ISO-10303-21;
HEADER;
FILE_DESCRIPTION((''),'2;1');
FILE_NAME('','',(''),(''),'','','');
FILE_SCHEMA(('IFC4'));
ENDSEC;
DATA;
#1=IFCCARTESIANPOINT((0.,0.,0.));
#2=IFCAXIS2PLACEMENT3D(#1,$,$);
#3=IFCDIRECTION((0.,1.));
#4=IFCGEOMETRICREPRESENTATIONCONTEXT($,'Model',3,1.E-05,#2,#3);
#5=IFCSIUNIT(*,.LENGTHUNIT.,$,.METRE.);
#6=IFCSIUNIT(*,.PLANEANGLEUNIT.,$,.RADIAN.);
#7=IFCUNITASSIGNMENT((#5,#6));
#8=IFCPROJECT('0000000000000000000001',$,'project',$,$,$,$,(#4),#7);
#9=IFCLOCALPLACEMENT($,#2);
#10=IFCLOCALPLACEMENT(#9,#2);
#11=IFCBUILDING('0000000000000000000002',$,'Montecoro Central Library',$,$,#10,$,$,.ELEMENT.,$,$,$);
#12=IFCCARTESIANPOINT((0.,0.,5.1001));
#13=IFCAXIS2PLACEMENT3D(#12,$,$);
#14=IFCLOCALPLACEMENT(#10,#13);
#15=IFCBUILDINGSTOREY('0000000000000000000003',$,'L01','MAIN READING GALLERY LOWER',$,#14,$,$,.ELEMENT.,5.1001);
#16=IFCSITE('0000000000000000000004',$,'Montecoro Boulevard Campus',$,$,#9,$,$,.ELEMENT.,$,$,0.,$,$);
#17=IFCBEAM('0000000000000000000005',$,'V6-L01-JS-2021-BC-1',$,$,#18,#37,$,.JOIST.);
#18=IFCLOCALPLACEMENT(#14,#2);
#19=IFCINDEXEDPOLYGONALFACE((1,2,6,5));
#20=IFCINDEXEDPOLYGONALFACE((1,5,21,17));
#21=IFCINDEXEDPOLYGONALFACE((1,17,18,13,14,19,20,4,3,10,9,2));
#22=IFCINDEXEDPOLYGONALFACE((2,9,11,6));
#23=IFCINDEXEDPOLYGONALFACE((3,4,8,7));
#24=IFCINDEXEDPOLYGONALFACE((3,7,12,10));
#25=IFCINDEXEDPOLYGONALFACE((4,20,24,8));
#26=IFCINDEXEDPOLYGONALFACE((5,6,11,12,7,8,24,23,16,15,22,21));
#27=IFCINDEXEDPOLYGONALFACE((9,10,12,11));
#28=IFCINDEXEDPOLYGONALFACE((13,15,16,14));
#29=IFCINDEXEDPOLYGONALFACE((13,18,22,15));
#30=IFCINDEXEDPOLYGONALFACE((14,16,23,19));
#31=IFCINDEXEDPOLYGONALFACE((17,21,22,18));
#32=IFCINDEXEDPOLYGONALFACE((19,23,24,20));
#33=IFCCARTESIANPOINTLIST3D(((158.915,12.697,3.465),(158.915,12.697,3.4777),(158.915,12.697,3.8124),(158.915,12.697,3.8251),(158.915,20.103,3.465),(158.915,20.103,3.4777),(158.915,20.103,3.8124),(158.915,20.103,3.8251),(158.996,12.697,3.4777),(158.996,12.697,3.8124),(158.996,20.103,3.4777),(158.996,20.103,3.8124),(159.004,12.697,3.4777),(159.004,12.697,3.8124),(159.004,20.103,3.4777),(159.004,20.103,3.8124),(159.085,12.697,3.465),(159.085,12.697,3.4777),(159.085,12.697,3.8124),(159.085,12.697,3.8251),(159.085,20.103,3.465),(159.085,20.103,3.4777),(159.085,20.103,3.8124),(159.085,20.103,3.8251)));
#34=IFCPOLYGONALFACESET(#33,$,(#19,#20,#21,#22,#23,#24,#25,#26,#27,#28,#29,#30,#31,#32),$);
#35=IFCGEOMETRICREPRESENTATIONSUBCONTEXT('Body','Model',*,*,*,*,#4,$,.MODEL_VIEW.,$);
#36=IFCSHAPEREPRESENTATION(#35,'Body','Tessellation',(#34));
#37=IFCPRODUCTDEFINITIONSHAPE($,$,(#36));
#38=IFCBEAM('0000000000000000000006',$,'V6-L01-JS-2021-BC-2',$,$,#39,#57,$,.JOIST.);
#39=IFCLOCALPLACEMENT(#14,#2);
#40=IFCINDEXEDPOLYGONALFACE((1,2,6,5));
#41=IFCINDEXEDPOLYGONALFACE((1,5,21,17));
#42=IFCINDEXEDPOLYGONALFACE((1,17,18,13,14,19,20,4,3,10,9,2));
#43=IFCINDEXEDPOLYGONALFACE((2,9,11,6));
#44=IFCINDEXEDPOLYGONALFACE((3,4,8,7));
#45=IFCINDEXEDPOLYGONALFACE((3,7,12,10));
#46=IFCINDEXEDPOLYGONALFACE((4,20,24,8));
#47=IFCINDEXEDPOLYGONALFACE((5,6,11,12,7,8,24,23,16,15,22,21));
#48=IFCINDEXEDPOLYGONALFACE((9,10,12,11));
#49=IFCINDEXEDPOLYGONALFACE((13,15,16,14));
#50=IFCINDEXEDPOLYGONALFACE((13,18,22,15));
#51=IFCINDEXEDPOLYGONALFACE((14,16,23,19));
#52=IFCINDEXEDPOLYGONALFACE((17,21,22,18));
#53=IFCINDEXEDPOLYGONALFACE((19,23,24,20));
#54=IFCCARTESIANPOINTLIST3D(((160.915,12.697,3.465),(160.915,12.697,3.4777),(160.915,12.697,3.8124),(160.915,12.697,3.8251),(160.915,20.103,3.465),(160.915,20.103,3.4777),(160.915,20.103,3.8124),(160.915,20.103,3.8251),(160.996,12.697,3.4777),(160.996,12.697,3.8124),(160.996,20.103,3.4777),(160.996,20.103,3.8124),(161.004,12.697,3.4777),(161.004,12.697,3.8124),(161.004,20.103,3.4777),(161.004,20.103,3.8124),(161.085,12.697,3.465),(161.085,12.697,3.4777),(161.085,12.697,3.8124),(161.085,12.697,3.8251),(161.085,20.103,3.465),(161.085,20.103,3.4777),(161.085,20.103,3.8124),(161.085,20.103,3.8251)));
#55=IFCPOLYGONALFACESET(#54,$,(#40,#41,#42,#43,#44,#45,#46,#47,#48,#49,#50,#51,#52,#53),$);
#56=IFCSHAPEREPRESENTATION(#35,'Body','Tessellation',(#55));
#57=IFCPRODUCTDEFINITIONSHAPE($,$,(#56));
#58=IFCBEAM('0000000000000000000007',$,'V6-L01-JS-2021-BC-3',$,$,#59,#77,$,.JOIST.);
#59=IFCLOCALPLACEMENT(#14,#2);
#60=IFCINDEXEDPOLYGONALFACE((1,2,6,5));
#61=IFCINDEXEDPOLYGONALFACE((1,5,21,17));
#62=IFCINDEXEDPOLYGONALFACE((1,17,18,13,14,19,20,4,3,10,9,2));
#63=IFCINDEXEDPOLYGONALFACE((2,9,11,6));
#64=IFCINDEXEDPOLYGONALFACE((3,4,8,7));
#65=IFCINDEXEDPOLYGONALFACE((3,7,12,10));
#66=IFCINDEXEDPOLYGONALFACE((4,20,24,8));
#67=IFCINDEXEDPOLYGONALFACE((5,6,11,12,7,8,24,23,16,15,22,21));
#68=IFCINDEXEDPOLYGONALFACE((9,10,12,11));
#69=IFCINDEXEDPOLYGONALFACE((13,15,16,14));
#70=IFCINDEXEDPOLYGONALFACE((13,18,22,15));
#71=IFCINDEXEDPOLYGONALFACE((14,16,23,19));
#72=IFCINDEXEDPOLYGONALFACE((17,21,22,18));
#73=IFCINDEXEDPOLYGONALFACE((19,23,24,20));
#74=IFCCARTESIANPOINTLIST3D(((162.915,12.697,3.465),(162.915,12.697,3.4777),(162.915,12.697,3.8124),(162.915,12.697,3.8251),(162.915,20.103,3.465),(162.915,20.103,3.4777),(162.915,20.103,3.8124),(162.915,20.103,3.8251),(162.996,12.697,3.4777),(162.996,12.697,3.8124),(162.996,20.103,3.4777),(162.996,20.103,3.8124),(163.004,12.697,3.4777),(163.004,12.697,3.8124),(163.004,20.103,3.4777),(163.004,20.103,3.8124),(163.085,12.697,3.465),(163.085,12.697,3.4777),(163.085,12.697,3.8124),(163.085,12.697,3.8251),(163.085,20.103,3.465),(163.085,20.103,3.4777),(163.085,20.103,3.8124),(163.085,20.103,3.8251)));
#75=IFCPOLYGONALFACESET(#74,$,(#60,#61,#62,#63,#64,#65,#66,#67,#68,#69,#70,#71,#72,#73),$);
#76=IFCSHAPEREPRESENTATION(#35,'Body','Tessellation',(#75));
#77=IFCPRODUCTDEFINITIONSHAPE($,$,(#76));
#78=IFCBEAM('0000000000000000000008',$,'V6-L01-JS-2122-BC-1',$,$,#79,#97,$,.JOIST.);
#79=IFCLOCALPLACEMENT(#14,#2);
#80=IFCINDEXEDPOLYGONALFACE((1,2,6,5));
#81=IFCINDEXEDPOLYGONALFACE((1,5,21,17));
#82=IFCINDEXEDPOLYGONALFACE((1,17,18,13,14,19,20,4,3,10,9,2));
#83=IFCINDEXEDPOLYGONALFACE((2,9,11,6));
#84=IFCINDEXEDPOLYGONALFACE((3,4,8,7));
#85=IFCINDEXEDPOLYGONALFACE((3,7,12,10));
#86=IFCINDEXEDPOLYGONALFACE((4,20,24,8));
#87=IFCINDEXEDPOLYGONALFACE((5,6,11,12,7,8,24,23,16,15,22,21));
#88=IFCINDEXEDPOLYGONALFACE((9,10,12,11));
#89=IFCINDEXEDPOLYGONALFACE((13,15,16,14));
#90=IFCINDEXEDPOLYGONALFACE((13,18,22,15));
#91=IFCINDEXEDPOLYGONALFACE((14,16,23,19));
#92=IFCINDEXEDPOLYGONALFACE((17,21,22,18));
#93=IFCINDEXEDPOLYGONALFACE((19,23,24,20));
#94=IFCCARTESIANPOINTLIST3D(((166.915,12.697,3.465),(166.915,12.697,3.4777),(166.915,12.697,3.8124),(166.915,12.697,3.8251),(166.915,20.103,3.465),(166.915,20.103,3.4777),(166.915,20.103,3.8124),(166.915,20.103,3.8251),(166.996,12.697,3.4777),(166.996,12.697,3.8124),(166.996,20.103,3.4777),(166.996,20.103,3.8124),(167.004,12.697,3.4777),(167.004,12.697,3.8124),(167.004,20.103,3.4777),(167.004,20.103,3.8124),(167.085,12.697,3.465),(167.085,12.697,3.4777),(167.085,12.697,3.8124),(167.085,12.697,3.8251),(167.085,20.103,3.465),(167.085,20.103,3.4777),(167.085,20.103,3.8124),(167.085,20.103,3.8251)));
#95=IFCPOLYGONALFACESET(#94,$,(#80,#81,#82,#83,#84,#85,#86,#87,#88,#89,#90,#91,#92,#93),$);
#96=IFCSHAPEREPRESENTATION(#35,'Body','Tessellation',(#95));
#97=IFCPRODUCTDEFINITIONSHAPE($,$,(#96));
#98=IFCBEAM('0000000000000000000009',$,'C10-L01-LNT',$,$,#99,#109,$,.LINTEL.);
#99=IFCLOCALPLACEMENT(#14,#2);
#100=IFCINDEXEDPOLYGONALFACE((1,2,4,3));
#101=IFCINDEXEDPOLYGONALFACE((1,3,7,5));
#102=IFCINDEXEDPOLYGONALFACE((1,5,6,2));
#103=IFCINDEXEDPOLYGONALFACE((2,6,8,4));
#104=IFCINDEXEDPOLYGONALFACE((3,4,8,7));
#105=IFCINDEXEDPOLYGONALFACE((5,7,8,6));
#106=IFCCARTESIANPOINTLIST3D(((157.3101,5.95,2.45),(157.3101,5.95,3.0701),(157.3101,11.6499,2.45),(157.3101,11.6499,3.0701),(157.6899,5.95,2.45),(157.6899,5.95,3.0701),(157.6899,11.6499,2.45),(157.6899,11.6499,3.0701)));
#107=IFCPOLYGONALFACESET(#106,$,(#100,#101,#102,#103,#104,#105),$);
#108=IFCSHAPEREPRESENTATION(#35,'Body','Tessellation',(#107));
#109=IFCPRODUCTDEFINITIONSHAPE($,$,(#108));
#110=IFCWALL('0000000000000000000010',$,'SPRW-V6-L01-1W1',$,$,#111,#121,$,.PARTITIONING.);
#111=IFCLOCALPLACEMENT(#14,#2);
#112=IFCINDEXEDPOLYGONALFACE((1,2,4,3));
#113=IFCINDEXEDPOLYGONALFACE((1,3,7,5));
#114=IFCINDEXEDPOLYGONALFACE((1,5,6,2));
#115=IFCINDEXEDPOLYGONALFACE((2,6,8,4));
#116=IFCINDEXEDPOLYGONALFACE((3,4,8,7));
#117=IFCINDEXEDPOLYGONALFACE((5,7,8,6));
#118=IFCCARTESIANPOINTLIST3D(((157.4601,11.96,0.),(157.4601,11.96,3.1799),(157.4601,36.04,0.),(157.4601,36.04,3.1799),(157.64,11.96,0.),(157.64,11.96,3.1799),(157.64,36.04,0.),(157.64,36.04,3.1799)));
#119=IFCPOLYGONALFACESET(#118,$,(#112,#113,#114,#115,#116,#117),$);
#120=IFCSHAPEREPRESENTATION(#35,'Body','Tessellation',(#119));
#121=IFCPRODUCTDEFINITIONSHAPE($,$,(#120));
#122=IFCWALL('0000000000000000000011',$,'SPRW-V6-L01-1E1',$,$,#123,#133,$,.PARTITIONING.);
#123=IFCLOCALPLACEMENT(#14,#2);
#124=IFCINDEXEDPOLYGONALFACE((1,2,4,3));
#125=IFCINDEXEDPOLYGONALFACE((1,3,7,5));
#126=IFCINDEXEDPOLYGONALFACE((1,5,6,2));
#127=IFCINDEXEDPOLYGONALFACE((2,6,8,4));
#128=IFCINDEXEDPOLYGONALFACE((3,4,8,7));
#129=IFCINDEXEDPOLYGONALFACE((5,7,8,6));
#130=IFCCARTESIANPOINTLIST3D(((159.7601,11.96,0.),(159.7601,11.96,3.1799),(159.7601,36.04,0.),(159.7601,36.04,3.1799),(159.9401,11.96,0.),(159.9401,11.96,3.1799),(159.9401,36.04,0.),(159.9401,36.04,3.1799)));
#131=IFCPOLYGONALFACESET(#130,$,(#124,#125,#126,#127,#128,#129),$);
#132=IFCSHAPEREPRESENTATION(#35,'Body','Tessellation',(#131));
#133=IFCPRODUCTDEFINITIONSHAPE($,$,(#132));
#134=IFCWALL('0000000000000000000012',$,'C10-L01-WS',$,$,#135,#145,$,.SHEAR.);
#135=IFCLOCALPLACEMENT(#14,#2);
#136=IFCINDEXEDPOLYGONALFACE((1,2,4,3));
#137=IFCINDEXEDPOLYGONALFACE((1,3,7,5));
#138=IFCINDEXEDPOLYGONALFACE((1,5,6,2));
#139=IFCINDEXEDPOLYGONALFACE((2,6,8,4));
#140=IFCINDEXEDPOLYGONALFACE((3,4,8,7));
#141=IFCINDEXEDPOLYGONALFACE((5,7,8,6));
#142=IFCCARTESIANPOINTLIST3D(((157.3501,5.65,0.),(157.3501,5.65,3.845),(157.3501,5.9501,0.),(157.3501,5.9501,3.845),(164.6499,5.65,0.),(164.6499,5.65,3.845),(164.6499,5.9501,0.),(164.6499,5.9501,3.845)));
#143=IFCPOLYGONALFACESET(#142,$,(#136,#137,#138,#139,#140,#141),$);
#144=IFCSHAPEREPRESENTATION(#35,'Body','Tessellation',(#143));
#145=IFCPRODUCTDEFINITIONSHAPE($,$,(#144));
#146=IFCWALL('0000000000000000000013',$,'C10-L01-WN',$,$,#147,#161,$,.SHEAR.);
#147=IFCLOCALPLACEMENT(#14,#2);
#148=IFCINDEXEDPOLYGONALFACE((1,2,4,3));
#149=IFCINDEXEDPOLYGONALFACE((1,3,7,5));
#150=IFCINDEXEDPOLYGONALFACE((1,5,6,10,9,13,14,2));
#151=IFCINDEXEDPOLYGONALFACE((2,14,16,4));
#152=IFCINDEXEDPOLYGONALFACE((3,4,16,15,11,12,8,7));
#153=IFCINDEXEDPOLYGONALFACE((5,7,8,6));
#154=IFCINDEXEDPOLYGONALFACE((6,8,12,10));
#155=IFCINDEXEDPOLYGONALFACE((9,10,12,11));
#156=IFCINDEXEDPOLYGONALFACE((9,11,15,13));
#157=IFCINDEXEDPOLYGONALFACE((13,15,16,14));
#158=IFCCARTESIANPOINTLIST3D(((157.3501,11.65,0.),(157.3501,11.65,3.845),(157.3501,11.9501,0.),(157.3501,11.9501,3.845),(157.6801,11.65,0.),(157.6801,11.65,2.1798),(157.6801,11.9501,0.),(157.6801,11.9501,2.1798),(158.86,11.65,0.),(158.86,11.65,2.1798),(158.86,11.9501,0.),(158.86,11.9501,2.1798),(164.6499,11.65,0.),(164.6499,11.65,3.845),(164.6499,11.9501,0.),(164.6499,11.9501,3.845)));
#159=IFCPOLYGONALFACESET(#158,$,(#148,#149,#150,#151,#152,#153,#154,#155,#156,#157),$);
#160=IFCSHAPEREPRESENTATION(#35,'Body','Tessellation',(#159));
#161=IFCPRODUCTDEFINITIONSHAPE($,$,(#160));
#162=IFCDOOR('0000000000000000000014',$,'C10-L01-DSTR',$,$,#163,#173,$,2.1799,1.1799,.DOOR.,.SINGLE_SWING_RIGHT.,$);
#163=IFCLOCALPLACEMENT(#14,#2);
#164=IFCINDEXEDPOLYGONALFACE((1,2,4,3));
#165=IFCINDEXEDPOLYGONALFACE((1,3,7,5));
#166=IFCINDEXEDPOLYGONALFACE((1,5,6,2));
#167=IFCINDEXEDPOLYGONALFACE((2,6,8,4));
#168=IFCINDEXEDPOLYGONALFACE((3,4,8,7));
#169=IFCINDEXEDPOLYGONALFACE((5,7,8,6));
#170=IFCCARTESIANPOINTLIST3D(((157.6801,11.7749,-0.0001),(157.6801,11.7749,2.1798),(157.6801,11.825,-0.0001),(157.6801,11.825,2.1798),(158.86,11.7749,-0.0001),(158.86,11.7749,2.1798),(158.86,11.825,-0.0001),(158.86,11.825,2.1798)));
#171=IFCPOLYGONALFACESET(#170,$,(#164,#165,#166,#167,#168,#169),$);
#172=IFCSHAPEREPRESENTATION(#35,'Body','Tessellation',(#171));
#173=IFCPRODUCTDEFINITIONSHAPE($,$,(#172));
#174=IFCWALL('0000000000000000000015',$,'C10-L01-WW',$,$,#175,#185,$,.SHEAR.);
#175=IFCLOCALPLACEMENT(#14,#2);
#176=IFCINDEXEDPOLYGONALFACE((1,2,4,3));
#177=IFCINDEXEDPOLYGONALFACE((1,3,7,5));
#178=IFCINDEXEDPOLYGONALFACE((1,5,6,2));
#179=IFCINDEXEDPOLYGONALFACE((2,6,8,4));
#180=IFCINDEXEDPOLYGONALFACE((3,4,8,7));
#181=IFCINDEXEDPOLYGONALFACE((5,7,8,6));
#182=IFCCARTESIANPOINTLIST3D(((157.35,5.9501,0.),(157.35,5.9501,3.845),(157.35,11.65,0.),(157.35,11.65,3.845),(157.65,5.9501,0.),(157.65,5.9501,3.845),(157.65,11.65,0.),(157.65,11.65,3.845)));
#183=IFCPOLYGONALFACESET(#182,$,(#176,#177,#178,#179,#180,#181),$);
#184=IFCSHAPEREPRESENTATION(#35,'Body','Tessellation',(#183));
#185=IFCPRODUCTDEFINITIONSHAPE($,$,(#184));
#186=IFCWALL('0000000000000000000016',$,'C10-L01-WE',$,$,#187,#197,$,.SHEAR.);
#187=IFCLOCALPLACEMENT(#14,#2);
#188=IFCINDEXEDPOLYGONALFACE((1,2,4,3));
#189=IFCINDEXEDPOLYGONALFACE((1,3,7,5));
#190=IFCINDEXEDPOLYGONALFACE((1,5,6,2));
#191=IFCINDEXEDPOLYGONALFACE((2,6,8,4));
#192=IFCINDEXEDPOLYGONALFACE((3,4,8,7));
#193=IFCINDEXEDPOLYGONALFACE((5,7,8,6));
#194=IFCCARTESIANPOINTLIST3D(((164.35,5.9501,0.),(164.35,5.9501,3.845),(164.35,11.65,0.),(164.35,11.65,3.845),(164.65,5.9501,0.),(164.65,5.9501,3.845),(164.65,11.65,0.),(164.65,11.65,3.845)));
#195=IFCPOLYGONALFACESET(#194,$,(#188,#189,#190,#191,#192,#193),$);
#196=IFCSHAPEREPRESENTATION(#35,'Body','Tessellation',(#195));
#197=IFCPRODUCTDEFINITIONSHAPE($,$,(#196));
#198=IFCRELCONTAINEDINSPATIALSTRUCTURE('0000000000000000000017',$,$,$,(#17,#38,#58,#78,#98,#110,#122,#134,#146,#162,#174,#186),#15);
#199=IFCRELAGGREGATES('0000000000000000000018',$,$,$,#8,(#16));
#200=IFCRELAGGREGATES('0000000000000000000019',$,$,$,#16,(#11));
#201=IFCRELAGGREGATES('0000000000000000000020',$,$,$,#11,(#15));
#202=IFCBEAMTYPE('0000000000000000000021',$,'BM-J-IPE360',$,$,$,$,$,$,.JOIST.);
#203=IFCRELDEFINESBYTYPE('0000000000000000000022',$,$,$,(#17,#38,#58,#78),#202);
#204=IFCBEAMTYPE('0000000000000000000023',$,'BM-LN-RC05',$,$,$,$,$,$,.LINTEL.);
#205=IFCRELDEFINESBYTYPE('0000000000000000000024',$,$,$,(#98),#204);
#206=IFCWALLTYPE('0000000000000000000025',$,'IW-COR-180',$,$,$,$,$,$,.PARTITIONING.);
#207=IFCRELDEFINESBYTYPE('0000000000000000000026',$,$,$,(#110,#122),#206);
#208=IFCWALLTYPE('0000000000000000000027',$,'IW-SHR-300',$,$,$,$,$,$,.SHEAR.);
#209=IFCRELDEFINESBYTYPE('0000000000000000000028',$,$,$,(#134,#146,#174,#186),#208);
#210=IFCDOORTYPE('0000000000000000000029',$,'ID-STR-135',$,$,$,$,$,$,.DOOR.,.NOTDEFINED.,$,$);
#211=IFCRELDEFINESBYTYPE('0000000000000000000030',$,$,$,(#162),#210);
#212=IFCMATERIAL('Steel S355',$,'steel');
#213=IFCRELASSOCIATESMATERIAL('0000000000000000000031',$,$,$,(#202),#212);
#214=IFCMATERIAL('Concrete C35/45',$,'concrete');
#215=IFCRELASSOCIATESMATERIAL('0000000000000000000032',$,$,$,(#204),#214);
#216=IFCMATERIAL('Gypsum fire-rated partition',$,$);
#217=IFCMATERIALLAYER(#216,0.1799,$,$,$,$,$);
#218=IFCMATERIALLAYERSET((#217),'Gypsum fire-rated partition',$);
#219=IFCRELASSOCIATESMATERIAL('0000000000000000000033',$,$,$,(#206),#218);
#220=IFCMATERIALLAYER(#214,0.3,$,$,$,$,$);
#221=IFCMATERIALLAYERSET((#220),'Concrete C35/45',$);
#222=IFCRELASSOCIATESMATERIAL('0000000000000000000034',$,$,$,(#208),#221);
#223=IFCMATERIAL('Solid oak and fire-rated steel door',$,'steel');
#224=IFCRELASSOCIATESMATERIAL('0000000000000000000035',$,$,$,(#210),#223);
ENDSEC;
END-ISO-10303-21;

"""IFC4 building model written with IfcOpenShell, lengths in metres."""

from ifc_helpers import new_model, si_unit, direction, frame, frame_2d, origin, origin_2d, place, context, subcontext, project, spatial, rectangle, i_section, extrude, material, layer, layer_set, material_profile, profile_set, type_object, element, fill, save


model = new_model("IFC4")

# Units and contexts
model_context = context("Model", 3, precision=1e-05, world=origin(), true_north=direction((0.0, 1.0)))
body_context = subcontext(model_context, "Body", "Model", "MODEL_VIEW")
ifc_project = project(units=[si_unit("LENGTHUNIT", "METRE"), si_unit("PLANEANGLEUNIT", "RADIAN")], contexts=[model_context])

# Site, building, storey
site_placement = place(None, origin())
site = spatial("IfcSite", under=ifc_project, at=site_placement, Name="Montecoro Boulevard Campus", CompositionType="ELEMENT", RefElevation=0.0)
building_placement = place(site_placement, origin())
building = spatial("IfcBuilding", under=site, at=building_placement, Name="Montecoro Central Library", CompositionType="ELEMENT")
storey_placement = place(building_placement, frame((0.0, 0.0, 5.1001)))
storey = spatial("IfcBuildingStorey", under=building, at=storey_placement, Name="L01", Description="MAIN READING GALLERY LOWER", CompositionType="ELEMENT", Elevation=5.1001)

# Shared definitions
ifc_material_1 = material(Name="Steel S355", Category="steel")

# Beams
ifc_material_profile_1 = material_profile(ifc_material_1, i_section(OverallWidth=0.1699, OverallDepth=0.3601, WebThickness=0.0081, FlangeThickness=0.0127, at=origin_2d()), Name="IPE 360")
ifc_profile_set_1 = profile_set([ifc_material_profile_1], Name="Steel S355")
beam_type_1 = type_object("IfcBeamType", Name="BM-J-IPE360", PredefinedType="JOIST", material=ifc_profile_set_1)
for number, where, z_axis, x_axis, name in (
    (1, (159.0, 12.697, 3.645), (0.0, 1.0, 0.0), (-1.0, 0.0, 0.0), "V6-L01-JS-2021-BC-1"),
    (2, (161.0, 12.697, 3.645), (0.0, 1.0, 0.0), (-1.0, 0.0, 0.0), "V6-L01-JS-2021-BC-2"),
    (3, (163.0, 12.697, 3.645), (0.0, 1.0, 0.0), (-1.0, 0.0, 0.0), "V6-L01-JS-2021-BC-3"),
    (4, (167.0, 12.697, 3.645), (0.0, 1.0, 0.0), (-1.0, 0.0, 0.0), "V6-L01-JS-2122-BC-1"),
):
    element("IfcBeam", number, at=place(storey_placement, frame(where, z_axis=z_axis, x_axis=x_axis)), inside=storey, type_object=beam_type_1, Name=name, PredefinedType="JOIST", context=body_context, shape_type="SweptSolid", body=[
        extrude(i_section(OverallWidth=0.1699, OverallDepth=0.3601, WebThickness=0.0081, FlangeThickness=0.0127, at=origin_2d()), origin(), (0.0, 0.0, 1.0), 7.406),
    ])
ifc_material_2 = material(Name="Concrete C35/45", Category="concrete")
ifc_material_profile_2 = material_profile(ifc_material_2, rectangle(XDim=0.3799, YDim=0.6201, at=origin_2d()), Name="RC LNT 620x380")
ifc_profile_set_2 = profile_set([ifc_material_profile_2], Name="Concrete C35/45")
beam_type_2 = type_object("IfcBeamType", Name="BM-LN-RC05", PredefinedType="LINTEL", material=ifc_profile_set_2)
beam_1_placement = place(storey_placement, frame((157.5, 5.95, 2.76), z_axis=(0.0, 1.0, 0.0), x_axis=(-1.0, 0.0, 0.0)))
element("IfcBeam", 5, at=beam_1_placement, inside=storey, type_object=beam_type_2, Name="C10-L01-LNT", PredefinedType="LINTEL", context=body_context, shape_type="SweptSolid", body=[
    extrude(rectangle(XDim=0.3799, YDim=0.6201, at=origin_2d()), origin(), (0.0, 0.0, 1.0), 5.7),
])

# Walls
ifc_material_3 = material(Name="Gypsum fire-rated partition")
ifc_layer_1 = layer(ifc_material_3, 0.1799)
ifc_layer_set_1 = layer_set([ifc_layer_1], Name="Gypsum fire-rated partition")
wall_type_1 = type_object("IfcWallType", Name="IW-COR-180", PredefinedType="PARTITIONING", material=ifc_layer_set_1)
for number, where, z_axis, x_axis, name in (
    (6, (157.55, 11.96, 0.0), (0.0, 0.0, 1.0), (0.0, 1.0, 0.0), "SPRW-V6-L01-1W1"),
    (7, (159.8501, 11.96, 0.0), (0.0, 0.0, 1.0), (0.0, 1.0, 0.0), "SPRW-V6-L01-1E1"),
):
    element("IfcWall", number, at=place(storey_placement, frame(where, z_axis=z_axis, x_axis=x_axis)), inside=storey, type_object=wall_type_1, Name=name, PredefinedType="PARTITIONING", context=body_context, shape_type="SweptSolid", body=[
        extrude(rectangle(XDim=24.0801, YDim=0.1799, at=frame_2d((12.04, 0.0))), origin(), (0.0, 0.0, 1.0), 3.1799),
    ])
ifc_layer_2 = layer(ifc_material_2, 0.3)
ifc_layer_set_2 = layer_set([ifc_layer_2], Name="Concrete C35/45")
wall_type_2 = type_object("IfcWallType", Name="IW-SHR-300", PredefinedType="SHEAR", material=ifc_layer_set_2)
wall_1_placement = place(storey_placement, frame((157.3501, 5.8, 0.0), z_axis=(0.0, 0.0, 1.0), x_axis=(1.0, 0.0, 0.0)))
element("IfcWall", 8, at=wall_1_placement, inside=storey, type_object=wall_type_2, Name="C10-L01-WS", PredefinedType="SHEAR", context=body_context, shape_type="SweptSolid", body=[
    extrude(rectangle(XDim=7.2998, YDim=0.3, at=frame_2d((3.6499, 0.0))), origin(), (0.0, 0.0, 1.0), 3.845),
])

# Wall, opening, door
wall_2_placement = place(storey_placement, frame((157.3501, 11.8, 0.0), z_axis=(0.0, 0.0, 1.0), x_axis=(1.0, 0.0, 0.0)))
wall_2 = element("IfcWall", 9, at=wall_2_placement, inside=storey, type_object=wall_type_2, Name="C10-L01-WN", PredefinedType="SHEAR", context=body_context, shape_type="SweptSolid", body=[
    extrude(rectangle(XDim=7.2998, YDim=0.3, at=frame_2d((3.6499, 0.0))), origin(), (0.0, 0.0, 1.0), 3.845),
])
opening_placement = place(wall_2_placement, frame((0.3301, 0.0, 0.0)))
opening = element("IfcOpeningElement", 10, at=opening_placement, cuts=wall_2, PredefinedType="OPENING", context=body_context, shape_type="SweptSolid", body=[
    extrude(rectangle(XDim=1.1799, YDim=2.1799, at=frame_2d((0.5898, 1.0898))), frame((0.0, 0.1599, 0.0), z_axis=(0.0, -1.0, 0.0), x_axis=(1.0, 0.0, 0.0)), (0.0, 0.0, 1.0), 0.3201),
])
ifc_material_4 = material(Name="Solid oak and fire-rated steel door", Category="steel")
door_type = type_object("IfcDoorType", Name="ID-STR-135", OperationType="NOTDEFINED", PredefinedType="DOOR", material=ifc_material_4)
door_placement = place(opening_placement, origin())
door = element("IfcDoor", 11, at=door_placement, inside=storey, type_object=door_type, Name="C10-L01-DSTR", OperationType="SINGLE_SWING_RIGHT", OverallHeight=2.1799, OverallWidth=1.1799, PredefinedType="DOOR", context=body_context, shape_type="SweptSolid", body=[
    extrude(rectangle(XDim=1.1799, YDim=2.1799, at=frame_2d((0.5898, 1.0898))), frame((0.0, 0.0249, 0.0), z_axis=(0.0, -1.0, 0.0), x_axis=(1.0, 0.0, 0.0)), (0.0, 0.0, 1.0), 0.05),
])
fill(opening, door)

# Walls
for number, where, z_axis, x_axis, name in (
    (12, (157.5, 5.95, 0.0), (0.0, 0.0, 1.0), (0.0, 1.0, 0.0), "C10-L01-WW"),
    (13, (164.5, 5.95, 0.0), (0.0, 0.0, 1.0), (0.0, 1.0, 0.0), "C10-L01-WE"),
):
    element("IfcWall", number, at=place(storey_placement, frame(where, z_axis=z_axis, x_axis=x_axis)), inside=storey, type_object=wall_type_2, Name=name, PredefinedType="SHEAR", context=body_context, shape_type="SweptSolid", body=[
        extrude(rectangle(XDim=5.7, YDim=0.3, at=frame_2d((2.8501, 0.0))), origin(), (0.0, 0.0, 1.0), 3.845),
    ])

save(model, "model.ifc")
